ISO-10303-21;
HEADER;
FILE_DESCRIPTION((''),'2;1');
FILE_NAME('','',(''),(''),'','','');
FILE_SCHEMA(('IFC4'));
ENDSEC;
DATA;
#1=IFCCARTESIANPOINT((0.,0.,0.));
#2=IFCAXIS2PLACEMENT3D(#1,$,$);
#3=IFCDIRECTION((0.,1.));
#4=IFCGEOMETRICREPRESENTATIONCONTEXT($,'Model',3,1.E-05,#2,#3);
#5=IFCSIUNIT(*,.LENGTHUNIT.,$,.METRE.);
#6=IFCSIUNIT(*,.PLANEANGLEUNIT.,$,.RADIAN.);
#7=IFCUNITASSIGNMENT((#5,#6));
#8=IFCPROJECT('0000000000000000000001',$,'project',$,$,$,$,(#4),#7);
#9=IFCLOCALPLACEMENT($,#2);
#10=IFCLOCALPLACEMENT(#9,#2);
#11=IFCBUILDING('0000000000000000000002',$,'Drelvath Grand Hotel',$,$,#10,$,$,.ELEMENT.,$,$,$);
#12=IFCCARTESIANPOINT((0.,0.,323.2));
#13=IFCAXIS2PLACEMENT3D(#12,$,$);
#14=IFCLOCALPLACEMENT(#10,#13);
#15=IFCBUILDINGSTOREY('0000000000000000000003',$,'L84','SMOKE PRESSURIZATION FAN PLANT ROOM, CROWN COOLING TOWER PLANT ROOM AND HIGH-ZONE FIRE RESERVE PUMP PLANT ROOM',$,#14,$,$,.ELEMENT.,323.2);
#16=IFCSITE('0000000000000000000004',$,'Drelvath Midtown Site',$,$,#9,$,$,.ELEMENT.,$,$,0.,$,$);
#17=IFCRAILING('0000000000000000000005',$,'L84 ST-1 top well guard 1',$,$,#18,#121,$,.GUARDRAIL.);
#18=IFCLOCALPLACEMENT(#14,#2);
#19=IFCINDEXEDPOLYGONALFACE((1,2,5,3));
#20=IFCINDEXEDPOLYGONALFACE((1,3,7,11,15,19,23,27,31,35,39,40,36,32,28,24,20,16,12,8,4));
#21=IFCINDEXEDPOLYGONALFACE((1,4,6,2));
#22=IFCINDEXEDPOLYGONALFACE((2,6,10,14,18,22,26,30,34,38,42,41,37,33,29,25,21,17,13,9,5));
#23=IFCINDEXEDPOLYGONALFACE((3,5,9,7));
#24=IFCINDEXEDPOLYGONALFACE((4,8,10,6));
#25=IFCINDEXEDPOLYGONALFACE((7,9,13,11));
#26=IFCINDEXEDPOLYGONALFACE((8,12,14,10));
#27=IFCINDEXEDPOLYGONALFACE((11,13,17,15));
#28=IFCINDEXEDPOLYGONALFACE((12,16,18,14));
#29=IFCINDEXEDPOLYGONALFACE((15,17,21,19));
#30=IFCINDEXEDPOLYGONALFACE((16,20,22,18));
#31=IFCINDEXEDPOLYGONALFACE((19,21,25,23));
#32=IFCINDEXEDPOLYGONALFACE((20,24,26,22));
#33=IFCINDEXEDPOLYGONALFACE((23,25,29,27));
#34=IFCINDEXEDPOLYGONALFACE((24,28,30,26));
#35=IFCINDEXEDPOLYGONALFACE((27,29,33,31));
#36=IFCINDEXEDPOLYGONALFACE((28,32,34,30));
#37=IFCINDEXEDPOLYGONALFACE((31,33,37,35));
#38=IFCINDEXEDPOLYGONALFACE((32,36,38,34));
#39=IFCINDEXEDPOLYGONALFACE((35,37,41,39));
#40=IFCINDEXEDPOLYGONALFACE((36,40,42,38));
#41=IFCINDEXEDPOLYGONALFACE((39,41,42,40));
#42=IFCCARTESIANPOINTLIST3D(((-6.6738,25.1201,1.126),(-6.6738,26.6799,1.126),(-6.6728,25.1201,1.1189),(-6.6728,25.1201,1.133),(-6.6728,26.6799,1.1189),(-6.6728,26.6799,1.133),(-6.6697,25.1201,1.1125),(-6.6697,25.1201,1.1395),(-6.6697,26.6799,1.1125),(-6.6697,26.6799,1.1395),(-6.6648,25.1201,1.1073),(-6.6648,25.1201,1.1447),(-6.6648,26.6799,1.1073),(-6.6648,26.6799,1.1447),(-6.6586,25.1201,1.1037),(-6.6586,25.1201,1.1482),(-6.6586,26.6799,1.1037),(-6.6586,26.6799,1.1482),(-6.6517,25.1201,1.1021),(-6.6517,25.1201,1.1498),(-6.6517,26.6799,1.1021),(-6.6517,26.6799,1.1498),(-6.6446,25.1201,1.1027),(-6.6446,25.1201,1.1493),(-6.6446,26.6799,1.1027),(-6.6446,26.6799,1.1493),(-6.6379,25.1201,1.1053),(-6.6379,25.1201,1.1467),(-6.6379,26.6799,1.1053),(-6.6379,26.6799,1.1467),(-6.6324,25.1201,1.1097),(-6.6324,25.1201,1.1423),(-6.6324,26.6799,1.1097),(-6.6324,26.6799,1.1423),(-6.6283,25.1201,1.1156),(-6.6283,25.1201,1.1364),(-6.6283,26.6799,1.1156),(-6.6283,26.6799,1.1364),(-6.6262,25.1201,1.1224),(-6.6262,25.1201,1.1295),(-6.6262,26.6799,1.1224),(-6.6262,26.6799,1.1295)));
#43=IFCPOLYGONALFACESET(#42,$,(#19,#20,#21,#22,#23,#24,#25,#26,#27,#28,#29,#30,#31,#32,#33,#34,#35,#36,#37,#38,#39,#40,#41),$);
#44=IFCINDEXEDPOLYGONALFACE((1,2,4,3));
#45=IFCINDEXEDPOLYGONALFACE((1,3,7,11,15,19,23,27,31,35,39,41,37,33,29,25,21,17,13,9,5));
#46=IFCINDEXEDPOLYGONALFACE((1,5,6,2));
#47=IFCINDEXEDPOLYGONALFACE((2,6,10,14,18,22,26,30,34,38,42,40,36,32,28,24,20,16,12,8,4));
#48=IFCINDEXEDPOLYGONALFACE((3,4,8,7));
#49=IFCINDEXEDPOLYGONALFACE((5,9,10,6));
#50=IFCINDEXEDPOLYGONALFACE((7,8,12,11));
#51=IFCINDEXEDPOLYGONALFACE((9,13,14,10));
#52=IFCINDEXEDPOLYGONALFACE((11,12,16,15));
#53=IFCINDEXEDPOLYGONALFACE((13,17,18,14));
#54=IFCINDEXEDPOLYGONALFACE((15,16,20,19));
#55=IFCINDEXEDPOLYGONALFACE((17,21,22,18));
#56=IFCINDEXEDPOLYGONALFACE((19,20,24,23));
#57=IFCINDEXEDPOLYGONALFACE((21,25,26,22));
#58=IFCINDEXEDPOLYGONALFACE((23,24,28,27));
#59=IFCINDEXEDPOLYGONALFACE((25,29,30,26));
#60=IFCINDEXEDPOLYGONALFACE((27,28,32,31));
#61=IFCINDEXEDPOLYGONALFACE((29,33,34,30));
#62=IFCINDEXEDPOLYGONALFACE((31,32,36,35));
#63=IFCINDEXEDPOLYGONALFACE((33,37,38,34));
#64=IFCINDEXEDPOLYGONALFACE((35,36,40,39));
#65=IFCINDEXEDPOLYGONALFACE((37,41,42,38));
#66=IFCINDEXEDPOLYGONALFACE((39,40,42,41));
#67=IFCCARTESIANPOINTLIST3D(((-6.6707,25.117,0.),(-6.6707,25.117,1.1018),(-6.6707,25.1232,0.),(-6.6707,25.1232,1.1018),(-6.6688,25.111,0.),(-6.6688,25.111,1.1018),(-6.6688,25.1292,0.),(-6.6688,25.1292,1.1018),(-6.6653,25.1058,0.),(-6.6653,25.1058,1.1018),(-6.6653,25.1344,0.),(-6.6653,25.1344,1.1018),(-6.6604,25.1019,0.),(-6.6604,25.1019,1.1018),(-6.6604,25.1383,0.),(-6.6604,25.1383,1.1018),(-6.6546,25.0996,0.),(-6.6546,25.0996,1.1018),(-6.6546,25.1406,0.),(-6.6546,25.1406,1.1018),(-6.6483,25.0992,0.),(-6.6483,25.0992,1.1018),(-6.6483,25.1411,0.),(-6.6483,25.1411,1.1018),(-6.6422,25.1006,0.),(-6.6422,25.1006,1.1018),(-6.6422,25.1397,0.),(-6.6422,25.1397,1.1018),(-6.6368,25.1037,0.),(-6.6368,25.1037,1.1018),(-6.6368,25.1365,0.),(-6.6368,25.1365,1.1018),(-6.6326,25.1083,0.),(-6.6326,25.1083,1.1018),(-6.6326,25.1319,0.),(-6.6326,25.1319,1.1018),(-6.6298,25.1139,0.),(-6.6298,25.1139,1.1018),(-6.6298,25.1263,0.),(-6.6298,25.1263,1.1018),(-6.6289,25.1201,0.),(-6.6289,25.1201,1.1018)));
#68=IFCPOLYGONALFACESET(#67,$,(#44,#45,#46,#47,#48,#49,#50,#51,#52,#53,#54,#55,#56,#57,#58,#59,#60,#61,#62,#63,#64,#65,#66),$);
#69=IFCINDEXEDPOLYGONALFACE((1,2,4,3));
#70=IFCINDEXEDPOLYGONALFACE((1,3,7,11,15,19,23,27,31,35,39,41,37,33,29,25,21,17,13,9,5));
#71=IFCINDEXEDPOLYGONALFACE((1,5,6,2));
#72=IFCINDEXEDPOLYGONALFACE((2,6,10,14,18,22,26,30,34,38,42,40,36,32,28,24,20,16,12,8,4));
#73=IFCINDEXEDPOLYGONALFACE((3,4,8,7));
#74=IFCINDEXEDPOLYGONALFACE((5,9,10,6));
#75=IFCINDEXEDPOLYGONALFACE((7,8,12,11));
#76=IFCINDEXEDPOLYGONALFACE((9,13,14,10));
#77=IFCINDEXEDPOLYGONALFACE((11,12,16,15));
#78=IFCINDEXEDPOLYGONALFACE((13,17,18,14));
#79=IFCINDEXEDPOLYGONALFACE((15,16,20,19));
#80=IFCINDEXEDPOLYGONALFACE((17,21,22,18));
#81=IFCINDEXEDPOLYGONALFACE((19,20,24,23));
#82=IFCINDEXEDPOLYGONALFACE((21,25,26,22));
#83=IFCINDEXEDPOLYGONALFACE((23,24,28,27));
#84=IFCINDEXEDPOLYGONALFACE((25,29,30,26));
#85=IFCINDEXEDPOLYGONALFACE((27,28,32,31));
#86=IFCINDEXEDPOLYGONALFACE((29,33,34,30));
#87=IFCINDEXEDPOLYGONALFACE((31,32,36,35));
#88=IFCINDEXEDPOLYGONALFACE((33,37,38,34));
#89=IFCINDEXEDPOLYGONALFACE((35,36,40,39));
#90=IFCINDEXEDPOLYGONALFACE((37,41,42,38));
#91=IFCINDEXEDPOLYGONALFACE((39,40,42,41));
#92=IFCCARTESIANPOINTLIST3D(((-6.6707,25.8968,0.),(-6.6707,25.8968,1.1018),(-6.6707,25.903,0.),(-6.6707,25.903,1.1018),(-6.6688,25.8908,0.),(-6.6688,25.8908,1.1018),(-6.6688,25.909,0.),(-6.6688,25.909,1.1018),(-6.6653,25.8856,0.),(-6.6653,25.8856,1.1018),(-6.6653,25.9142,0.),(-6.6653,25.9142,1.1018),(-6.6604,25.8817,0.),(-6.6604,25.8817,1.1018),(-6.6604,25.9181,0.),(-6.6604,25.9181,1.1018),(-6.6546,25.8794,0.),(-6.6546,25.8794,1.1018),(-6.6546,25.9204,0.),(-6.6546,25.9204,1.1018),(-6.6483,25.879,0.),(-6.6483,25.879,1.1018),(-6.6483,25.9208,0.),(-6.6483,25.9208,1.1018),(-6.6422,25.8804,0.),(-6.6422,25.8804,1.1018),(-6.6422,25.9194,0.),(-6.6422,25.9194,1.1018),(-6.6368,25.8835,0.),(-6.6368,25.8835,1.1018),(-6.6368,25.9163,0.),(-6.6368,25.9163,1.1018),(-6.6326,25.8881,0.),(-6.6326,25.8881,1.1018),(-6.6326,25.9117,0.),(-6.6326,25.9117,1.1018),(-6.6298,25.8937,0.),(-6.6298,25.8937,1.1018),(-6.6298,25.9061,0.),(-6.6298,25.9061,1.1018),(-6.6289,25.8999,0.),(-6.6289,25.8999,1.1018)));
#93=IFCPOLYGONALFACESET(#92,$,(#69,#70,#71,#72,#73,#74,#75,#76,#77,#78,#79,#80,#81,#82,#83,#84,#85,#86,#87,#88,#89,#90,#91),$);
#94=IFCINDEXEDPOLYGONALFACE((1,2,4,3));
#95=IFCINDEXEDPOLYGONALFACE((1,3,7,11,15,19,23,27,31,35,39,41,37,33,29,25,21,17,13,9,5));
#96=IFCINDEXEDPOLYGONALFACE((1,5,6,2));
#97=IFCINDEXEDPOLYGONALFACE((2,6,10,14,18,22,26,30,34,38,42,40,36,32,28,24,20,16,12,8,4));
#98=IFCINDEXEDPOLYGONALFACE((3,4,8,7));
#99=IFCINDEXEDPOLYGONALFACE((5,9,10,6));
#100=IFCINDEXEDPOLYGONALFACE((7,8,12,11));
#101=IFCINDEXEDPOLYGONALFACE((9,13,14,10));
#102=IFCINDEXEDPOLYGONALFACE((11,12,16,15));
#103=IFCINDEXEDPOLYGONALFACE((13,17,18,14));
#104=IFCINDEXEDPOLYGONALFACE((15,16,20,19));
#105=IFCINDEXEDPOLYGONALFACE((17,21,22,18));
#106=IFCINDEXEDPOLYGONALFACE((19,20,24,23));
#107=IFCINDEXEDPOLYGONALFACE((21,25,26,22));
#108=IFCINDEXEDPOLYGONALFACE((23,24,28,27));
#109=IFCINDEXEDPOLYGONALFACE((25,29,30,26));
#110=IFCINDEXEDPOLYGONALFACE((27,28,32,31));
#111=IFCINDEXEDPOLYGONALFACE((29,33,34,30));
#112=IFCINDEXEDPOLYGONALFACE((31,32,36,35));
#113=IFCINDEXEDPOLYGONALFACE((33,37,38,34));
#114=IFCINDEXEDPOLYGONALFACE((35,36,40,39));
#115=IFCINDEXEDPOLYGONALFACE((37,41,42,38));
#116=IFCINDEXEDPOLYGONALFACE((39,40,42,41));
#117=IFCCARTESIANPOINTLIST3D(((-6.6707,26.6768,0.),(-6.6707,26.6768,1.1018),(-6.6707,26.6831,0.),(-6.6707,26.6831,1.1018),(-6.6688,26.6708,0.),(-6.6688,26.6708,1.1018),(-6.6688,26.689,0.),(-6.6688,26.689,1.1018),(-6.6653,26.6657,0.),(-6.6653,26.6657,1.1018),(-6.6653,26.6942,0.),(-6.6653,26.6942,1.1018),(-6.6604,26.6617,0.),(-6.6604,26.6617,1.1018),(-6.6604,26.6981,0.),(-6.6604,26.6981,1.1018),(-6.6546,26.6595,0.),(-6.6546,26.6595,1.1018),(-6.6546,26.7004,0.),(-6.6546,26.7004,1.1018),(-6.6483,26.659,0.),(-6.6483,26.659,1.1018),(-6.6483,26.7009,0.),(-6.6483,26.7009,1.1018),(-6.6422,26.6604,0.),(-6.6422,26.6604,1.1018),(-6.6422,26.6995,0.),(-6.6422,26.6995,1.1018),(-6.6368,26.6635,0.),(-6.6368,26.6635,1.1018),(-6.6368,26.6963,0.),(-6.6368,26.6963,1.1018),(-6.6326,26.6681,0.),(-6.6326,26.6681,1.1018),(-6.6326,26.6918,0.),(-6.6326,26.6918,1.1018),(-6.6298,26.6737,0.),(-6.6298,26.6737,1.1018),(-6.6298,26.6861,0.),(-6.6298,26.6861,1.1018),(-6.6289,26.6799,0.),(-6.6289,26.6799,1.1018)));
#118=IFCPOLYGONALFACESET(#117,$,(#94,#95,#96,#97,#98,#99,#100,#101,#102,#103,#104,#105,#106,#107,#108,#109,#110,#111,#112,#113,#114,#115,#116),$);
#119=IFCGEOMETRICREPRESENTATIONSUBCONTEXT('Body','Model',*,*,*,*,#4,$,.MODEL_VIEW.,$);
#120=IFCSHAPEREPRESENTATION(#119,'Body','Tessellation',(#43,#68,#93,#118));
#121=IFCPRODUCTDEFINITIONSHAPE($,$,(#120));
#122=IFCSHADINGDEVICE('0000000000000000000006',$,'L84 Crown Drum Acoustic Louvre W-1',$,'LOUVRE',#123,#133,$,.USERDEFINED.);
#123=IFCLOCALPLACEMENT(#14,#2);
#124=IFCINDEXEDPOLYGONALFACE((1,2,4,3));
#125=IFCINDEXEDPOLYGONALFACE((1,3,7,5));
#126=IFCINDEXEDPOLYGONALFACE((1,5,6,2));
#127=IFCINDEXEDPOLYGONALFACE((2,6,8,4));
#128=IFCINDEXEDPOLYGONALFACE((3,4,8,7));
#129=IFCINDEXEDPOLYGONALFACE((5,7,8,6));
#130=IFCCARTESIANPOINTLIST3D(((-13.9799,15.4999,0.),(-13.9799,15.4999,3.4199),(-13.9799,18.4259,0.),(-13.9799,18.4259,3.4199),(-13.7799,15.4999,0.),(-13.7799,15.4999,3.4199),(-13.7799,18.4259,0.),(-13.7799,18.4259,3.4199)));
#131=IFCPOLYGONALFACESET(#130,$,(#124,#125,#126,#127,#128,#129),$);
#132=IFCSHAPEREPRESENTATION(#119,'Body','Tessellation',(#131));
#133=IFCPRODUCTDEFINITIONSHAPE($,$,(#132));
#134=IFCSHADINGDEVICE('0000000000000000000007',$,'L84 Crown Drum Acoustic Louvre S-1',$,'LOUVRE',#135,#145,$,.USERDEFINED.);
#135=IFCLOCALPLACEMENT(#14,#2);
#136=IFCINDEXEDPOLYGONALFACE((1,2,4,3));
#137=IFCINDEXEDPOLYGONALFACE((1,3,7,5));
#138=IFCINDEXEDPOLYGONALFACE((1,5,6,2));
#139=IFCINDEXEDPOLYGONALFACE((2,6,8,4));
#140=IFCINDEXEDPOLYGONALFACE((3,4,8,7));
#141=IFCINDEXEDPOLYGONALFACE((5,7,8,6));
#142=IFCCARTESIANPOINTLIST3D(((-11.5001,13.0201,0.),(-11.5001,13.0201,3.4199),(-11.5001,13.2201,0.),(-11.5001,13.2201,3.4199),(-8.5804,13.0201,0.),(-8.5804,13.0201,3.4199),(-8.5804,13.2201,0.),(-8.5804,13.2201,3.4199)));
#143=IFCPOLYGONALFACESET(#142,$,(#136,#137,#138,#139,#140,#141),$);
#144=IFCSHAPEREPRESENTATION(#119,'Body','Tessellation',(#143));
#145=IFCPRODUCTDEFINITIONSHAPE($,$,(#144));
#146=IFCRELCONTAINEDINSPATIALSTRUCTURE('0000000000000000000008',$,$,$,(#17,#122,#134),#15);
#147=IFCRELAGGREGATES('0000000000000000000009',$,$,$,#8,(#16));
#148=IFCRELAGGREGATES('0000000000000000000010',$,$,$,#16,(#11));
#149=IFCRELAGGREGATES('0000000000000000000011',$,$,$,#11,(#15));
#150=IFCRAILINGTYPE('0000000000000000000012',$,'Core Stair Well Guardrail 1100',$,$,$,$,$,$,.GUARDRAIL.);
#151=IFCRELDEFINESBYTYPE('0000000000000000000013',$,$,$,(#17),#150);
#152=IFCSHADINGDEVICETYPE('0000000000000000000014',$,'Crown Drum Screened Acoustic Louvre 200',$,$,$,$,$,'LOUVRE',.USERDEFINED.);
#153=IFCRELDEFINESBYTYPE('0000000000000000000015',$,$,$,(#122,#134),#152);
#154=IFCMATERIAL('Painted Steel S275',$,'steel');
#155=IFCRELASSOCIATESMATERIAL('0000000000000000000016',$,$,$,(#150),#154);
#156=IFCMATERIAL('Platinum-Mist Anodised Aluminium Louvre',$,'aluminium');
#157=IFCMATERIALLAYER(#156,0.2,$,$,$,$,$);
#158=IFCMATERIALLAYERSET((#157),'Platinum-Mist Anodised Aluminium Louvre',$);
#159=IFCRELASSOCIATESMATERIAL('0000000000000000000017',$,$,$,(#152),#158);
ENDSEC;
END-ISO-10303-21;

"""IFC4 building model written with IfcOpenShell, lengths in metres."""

from ifc_helpers import new_model, si_unit, direction, frame, origin, origin_2d, place, context, subcontext, project, spatial, rectangle, circle, extrude, material, layer, layer_set, type_object, element, save


model = new_model("IFC4")

# Units and contexts
model_context = context("Model", 3, precision=1e-05, world=origin(), true_north=direction((0.0, 1.0)))
body_context = subcontext(model_context, "Body", "Model", "MODEL_VIEW")
ifc_project = project(units=[si_unit("LENGTHUNIT", "METRE"), si_unit("PLANEANGLEUNIT", "RADIAN")], contexts=[model_context])

# Site, building, storey
site_placement = place(None, origin())
site = spatial("IfcSite", under=ifc_project, at=site_placement, Name="Drelvath Midtown Site", CompositionType="ELEMENT", RefElevation=0.0)
building_placement = place(site_placement, origin())
building = spatial("IfcBuilding", under=site, at=building_placement, Name="Drelvath Grand Hotel", CompositionType="ELEMENT")
storey_placement = place(building_placement, frame((0.0, 0.0, 323.2)))
storey = spatial("IfcBuildingStorey", under=building, at=storey_placement, Name="L84", Description="SMOKE PRESSURIZATION FAN PLANT ROOM, CROWN COOLING TOWER PLANT ROOM AND HIGH-ZONE FIRE RESERVE PUMP PLANT ROOM", CompositionType="ELEMENT", Elevation=323.2)

# Shared definitions
ifc_material_1 = material(Name="Painted Steel S275", Category="steel")

# Railing
railing_type = type_object("IfcRailingType", Name="Core Stair Well Guardrail 1100", PredefinedType="GUARDRAIL", material=ifc_material_1)
railing_placement = place(storey_placement, frame((-6.6499, 25.1201, 0.0)))
element("IfcRailing", 1, at=railing_placement, inside=storey, type_object=railing_type, Name="L84 ST-1 top well guard 1", PredefinedType="GUARDRAIL", context=body_context, shape_type="SweptSolid", body=[
    extrude(circle(Radius=0.0239, at=origin_2d()), frame((0.0, 0.0, 1.126), z_axis=(0.0, 1.0, 0.0), x_axis=(-1.0, 0.0, 0.0)), (0.0, 0.0, 1.0), 1.5598),
    extrude(circle(Radius=0.021, at=origin_2d()), origin(), (0.0, 0.0, 1.0), 1.1018),
    extrude(circle(Radius=0.021, at=origin_2d()), frame((0.0, 0.7798, 0.0)), (0.0, 0.0, 1.0), 1.1018),
    extrude(circle(Radius=0.021, at=origin_2d()), frame((0.0, 1.5598, 0.0)), (0.0, 0.0, 1.0), 1.1018),
])

# Shading devices
ifc_material_2 = material(Name="Platinum-Mist Anodised Aluminium Louvre", Category="aluminium")
ifc_layer_1 = layer(ifc_material_2, 0.2)
ifc_layer_set_1 = layer_set([ifc_layer_1], Name="Platinum-Mist Anodised Aluminium Louvre")
shading_device_type = type_object("IfcShadingDeviceType", Name="Crown Drum Screened Acoustic Louvre 200", ElementType="LOUVRE", PredefinedType="USERDEFINED", material=ifc_layer_set_1)
shading_device_1_placement = place(storey_placement, frame((-13.8799, 16.9629, 0.0), z_axis=(0.0, 0.0, 1.0), x_axis=(0.0, 1.0, 0.0)))
element("IfcShadingDevice", 2, at=shading_device_1_placement, inside=storey, type_object=shading_device_type, Name="L84 Crown Drum Acoustic Louvre W-1", ObjectType="LOUVRE", PredefinedType="USERDEFINED", context=body_context, shape_type="SweptSolid", body=[
    extrude(rectangle(XDim=2.926, YDim=0.2, at=origin_2d()), origin(), (0.0, 0.0, 1.0), 3.4199),
])
shading_device_2_placement = place(storey_placement, frame((-10.0403, 13.1201, 0.0), z_axis=(0.0, 0.0, 1.0), x_axis=(1.0, 0.0, 0.0)))
element("IfcShadingDevice", 3, at=shading_device_2_placement, inside=storey, type_object=shading_device_type, Name="L84 Crown Drum Acoustic Louvre S-1", ObjectType="LOUVRE", PredefinedType="USERDEFINED", context=body_context, shape_type="SweptSolid", body=[
    extrude(rectangle(XDim=2.9197, YDim=0.2, at=origin_2d()), origin(), (0.0, 0.0, 1.0), 3.4199),
])

save(model, "model.ifc")
